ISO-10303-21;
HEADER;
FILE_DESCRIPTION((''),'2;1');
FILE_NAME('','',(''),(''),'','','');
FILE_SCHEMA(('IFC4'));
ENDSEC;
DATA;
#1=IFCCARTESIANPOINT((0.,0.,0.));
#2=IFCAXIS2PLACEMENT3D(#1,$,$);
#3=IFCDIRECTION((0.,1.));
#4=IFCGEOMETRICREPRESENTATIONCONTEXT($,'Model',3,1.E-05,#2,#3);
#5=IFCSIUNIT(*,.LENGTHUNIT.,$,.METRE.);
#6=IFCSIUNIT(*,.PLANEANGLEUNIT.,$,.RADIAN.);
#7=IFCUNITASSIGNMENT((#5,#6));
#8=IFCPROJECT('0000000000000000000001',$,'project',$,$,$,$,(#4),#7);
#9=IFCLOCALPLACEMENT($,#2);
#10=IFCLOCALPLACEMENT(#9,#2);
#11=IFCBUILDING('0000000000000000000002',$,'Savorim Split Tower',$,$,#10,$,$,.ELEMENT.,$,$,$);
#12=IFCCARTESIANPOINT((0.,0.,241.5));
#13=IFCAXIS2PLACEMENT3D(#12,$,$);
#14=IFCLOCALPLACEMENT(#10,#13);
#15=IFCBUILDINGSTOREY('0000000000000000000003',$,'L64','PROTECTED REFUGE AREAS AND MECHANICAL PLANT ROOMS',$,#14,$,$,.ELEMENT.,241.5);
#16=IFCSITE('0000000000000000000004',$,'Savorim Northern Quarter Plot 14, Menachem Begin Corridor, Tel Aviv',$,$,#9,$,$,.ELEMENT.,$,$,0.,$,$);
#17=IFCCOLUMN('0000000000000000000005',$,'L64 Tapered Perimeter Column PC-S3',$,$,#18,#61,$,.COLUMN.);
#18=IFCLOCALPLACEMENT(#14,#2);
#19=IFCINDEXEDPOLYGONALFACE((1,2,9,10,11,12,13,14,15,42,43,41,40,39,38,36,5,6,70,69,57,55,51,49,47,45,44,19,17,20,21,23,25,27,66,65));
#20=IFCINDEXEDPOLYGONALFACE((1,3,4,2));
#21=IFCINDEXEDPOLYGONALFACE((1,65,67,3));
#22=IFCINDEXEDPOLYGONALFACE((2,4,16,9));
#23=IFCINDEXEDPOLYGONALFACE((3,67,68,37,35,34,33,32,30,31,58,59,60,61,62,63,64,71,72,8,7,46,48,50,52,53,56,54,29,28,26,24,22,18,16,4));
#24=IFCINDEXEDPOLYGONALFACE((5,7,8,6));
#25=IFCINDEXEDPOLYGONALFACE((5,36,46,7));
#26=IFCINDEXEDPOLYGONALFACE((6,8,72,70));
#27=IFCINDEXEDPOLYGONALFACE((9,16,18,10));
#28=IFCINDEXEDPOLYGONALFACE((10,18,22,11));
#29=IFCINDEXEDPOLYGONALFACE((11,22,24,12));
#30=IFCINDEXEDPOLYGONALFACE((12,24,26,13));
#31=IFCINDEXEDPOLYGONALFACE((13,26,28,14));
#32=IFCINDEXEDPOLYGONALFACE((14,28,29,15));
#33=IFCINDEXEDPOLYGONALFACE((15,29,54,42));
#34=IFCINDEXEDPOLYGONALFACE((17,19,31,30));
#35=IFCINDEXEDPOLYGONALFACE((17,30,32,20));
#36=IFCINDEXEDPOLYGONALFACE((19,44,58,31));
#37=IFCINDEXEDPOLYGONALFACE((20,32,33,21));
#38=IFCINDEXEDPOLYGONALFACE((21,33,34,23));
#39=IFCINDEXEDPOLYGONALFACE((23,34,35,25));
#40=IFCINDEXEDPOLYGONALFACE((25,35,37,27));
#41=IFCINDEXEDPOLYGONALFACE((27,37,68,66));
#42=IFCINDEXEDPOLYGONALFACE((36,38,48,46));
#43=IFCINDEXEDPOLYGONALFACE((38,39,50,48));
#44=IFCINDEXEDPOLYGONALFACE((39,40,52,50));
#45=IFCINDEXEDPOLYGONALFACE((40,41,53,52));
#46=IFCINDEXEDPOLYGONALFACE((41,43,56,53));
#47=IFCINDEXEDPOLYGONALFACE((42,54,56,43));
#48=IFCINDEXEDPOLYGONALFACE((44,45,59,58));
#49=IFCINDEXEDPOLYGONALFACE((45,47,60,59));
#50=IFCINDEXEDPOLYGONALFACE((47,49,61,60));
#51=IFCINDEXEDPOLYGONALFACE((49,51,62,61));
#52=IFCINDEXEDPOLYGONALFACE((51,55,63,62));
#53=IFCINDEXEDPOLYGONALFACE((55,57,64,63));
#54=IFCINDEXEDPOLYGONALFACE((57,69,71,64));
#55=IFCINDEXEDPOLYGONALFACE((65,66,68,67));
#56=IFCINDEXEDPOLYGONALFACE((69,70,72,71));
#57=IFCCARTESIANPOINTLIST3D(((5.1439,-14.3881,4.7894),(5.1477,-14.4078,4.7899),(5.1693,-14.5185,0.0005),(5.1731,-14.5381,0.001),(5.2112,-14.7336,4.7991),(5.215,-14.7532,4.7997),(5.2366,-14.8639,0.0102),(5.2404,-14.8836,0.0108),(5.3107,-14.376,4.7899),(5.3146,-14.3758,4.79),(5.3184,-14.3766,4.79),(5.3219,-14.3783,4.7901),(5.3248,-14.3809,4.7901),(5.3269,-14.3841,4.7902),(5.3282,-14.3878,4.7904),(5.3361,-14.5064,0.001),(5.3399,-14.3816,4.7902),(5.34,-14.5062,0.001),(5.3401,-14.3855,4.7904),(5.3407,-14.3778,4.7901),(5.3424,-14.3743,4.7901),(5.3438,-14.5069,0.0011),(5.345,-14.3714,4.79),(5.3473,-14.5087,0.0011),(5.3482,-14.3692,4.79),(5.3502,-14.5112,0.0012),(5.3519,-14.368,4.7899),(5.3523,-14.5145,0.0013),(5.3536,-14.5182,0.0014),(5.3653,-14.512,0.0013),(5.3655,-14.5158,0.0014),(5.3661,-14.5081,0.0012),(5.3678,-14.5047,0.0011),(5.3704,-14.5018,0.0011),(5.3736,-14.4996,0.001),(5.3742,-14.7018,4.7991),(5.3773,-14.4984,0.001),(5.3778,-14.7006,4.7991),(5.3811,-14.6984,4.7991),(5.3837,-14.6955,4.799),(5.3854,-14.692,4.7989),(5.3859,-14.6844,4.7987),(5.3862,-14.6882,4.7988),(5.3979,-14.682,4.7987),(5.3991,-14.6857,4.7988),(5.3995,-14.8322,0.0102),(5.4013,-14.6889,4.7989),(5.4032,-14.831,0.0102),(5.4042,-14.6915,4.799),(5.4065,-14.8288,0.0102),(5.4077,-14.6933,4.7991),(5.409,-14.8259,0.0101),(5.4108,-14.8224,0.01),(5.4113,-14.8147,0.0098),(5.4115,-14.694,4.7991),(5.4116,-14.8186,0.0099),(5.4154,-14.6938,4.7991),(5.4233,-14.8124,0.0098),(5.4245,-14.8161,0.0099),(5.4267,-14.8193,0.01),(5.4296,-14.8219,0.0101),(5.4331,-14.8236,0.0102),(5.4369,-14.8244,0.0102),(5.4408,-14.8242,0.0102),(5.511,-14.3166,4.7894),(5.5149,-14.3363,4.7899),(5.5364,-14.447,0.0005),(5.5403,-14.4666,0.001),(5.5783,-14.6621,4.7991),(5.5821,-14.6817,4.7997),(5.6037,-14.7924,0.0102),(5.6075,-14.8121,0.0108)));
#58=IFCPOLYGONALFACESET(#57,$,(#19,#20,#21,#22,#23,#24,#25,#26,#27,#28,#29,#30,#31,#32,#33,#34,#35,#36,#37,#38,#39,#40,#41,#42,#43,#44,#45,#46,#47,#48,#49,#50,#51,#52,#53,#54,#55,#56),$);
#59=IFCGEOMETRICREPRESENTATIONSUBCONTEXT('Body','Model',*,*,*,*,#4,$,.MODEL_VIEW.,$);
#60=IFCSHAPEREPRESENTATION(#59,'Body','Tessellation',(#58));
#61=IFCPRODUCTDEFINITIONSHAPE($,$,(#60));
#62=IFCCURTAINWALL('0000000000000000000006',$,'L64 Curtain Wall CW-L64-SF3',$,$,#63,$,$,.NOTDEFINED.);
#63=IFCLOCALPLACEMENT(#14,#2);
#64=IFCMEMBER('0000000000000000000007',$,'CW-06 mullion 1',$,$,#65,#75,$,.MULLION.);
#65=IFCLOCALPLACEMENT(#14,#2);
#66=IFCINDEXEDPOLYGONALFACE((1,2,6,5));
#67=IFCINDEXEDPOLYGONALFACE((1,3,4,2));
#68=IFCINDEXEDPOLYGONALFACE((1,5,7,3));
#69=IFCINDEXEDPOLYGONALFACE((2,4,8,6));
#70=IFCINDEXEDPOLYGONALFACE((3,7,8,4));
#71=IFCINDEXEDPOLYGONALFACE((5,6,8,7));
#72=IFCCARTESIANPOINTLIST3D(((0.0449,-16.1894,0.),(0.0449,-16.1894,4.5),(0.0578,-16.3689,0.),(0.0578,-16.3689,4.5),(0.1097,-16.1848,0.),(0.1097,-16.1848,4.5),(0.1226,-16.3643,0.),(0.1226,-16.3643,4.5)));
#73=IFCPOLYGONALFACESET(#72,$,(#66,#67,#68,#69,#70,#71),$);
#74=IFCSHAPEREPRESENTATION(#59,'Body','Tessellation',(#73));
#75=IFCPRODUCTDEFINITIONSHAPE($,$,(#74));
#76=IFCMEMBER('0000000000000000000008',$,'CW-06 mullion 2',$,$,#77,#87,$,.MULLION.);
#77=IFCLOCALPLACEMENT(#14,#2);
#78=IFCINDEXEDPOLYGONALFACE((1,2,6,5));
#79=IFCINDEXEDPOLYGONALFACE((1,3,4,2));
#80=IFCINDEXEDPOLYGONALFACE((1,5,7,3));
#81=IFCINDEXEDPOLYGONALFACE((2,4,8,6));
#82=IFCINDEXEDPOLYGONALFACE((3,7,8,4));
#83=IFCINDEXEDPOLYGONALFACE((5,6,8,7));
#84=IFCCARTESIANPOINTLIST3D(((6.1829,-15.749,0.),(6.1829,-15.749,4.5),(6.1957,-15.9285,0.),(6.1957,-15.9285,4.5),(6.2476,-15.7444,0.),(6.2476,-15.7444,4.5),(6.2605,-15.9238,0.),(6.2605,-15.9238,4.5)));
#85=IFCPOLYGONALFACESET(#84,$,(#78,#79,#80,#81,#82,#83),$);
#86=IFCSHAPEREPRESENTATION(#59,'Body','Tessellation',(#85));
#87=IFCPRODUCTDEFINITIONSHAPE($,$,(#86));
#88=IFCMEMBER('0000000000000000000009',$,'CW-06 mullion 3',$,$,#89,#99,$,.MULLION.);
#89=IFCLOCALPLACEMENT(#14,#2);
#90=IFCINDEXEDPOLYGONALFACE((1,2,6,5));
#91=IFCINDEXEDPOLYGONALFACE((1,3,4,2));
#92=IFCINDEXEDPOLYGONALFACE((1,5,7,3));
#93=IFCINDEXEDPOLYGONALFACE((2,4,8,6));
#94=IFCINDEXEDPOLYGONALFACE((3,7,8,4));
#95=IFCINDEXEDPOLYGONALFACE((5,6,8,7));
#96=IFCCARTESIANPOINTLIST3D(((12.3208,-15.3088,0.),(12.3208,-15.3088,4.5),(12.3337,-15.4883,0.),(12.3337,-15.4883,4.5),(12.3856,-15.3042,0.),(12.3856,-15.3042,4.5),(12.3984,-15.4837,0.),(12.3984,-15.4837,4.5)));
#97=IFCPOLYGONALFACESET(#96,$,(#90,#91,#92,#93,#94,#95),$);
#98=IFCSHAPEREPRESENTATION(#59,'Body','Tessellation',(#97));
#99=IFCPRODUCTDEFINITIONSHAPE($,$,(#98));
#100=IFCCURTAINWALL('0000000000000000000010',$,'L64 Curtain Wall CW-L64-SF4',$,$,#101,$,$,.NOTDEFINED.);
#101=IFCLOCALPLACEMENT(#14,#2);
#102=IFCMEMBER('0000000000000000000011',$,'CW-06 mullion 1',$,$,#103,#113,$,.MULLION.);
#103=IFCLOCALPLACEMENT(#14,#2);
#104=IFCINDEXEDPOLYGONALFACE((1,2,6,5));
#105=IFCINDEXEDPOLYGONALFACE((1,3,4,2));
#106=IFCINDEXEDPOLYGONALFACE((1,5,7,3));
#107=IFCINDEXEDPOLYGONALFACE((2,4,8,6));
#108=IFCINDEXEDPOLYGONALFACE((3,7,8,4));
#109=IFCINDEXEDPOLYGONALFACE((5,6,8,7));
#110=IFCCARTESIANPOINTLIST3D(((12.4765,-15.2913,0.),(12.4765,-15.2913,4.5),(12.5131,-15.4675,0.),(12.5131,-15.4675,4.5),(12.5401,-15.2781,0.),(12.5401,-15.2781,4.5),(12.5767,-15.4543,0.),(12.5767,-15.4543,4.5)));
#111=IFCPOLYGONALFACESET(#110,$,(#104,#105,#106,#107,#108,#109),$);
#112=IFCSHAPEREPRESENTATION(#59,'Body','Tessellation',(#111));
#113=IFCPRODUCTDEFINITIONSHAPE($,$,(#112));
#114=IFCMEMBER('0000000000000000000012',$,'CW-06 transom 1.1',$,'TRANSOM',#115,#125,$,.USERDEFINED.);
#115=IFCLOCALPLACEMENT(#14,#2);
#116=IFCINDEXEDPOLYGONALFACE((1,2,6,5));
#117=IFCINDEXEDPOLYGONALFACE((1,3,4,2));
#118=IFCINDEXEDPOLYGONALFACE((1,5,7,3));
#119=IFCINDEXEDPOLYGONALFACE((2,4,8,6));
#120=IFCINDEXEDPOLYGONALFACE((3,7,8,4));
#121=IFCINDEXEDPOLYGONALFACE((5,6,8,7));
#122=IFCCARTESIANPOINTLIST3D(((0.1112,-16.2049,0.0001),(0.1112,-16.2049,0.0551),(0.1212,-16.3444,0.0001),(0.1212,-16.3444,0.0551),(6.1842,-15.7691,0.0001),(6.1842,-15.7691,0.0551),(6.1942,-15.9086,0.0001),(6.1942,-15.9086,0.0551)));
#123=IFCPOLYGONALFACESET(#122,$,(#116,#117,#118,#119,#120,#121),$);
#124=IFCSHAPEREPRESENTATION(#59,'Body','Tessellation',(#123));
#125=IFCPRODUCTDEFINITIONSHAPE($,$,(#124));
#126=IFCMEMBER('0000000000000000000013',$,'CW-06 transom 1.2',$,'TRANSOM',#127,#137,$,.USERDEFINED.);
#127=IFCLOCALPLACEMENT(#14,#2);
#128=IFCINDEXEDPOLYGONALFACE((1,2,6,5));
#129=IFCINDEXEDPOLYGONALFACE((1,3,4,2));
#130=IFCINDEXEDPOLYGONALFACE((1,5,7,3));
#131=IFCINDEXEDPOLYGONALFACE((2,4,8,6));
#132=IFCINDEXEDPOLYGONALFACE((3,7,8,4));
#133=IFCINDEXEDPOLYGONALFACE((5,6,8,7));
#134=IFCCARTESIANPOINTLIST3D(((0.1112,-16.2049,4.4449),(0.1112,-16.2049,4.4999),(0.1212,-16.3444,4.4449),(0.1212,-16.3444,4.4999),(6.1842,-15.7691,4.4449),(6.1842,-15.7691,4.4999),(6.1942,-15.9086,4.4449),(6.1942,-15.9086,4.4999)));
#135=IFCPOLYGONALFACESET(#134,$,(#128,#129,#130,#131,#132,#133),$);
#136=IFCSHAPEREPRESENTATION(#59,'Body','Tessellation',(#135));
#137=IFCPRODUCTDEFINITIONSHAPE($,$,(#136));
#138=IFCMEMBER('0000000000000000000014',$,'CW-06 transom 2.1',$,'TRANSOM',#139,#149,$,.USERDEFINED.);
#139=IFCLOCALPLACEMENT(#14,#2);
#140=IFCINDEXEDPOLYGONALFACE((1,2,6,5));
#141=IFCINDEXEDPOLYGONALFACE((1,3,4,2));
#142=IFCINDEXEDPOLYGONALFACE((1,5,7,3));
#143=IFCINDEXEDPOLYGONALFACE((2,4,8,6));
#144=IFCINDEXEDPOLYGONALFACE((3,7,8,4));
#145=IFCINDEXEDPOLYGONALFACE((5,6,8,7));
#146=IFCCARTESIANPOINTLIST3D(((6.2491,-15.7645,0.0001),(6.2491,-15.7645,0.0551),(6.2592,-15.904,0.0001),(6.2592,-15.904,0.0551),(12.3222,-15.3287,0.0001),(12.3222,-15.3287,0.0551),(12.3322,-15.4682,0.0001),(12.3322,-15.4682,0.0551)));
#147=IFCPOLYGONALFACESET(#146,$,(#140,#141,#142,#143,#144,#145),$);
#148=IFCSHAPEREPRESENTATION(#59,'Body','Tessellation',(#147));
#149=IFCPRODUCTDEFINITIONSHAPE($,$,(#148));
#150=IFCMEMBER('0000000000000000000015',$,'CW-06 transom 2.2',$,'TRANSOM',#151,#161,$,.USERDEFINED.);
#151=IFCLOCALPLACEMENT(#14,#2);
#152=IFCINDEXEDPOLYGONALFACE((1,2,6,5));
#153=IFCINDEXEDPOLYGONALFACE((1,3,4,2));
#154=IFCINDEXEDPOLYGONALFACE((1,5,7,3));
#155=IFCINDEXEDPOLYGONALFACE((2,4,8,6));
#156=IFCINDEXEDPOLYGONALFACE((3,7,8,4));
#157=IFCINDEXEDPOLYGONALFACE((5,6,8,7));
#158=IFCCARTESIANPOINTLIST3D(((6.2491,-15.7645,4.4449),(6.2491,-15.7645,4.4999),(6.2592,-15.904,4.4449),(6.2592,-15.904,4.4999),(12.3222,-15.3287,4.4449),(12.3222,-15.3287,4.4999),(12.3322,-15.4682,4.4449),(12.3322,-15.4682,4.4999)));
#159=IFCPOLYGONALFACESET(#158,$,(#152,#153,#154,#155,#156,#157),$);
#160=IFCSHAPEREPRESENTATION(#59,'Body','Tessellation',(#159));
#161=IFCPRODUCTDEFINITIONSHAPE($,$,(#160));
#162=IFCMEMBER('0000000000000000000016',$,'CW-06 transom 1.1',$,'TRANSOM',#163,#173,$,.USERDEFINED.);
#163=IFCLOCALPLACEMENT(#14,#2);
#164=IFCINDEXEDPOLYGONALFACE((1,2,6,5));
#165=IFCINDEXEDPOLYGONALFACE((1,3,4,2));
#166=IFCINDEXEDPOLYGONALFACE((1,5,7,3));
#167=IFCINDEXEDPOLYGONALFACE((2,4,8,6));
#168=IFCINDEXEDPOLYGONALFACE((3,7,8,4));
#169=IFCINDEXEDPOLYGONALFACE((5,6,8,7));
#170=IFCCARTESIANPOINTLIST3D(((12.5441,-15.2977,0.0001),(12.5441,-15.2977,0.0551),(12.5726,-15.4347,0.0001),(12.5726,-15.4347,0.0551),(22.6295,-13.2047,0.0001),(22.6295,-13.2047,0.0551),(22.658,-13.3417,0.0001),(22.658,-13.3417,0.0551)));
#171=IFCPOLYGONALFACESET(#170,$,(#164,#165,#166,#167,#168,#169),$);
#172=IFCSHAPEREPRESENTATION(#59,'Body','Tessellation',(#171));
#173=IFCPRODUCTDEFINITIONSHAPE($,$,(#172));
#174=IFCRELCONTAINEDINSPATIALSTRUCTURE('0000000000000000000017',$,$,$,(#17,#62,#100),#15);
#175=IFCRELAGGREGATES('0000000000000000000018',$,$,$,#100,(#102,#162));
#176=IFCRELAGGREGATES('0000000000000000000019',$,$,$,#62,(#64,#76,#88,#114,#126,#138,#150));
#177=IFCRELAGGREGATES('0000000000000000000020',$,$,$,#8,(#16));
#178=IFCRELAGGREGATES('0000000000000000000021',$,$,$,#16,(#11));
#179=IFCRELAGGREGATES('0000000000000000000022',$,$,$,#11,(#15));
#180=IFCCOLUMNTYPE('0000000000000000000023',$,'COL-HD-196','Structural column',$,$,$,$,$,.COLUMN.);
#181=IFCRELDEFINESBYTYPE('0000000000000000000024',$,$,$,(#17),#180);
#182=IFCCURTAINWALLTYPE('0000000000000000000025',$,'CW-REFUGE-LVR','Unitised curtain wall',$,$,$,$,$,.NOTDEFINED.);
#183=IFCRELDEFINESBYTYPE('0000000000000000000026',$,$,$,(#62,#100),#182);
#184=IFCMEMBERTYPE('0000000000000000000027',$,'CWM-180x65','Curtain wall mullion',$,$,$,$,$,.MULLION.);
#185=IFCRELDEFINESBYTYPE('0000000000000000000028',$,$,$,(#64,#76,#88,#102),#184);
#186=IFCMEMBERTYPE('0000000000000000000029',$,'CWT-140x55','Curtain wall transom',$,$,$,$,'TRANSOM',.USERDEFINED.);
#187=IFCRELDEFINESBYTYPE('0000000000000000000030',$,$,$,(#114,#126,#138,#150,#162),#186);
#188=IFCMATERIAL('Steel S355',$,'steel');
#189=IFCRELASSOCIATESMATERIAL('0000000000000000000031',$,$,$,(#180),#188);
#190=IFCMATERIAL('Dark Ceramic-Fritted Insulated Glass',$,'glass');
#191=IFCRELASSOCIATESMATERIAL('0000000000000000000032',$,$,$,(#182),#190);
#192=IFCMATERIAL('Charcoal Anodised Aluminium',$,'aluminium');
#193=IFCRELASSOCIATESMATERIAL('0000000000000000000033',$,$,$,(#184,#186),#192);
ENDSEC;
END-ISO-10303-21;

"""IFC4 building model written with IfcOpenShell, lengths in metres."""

from ifc_helpers import new_model, si_unit, direction, frame, origin, origin_2d, place, context, subcontext, project, spatial, rectangle, i_section, extrude, material, material_profile, profile_set, type_object, element, aggregate, save


model = new_model("IFC4")

# Units and contexts
model_context = context("Model", 3, precision=1e-05, world=origin(), true_north=direction((0.0, 1.0)))
body_context = subcontext(model_context, "Body", "Model", "MODEL_VIEW")
ifc_project = project(units=[si_unit("LENGTHUNIT", "METRE"), si_unit("PLANEANGLEUNIT", "RADIAN")], contexts=[model_context])

# Site, building, storey
site_placement = place(None, origin())
site = spatial("IfcSite", under=ifc_project, at=site_placement, Name="Savorim Northern Quarter Plot 14, Menachem Begin Corridor, Tel Aviv", CompositionType="ELEMENT", RefElevation=0.0)
building_placement = place(site_placement, origin())
building = spatial("IfcBuilding", under=site, at=building_placement, Name="Savorim Split Tower", CompositionType="ELEMENT")
storey_placement = place(building_placement, frame((0.0, 0.0, 241.5)))
storey = spatial("IfcBuildingStorey", under=building, at=storey_placement, Name="L64", Description="PROTECTED REFUGE AREAS AND MECHANICAL PLANT ROOMS", CompositionType="ELEMENT", Elevation=241.5)

# Column
ifc_material_1 = material(Name="Steel S355", Category="steel")
ifc_material_profile_1 = material_profile(ifc_material_1, i_section(OverallWidth=0.374, OverallDepth=0.3721, WebThickness=0.0122, FlangeThickness=0.02, FilletRadius=0.0149, at=origin_2d()), Name="HD 360x196")
ifc_profile_set_1 = profile_set([ifc_material_profile_1], Name="Steel S355")
column_type = type_object("IfcColumnType", Name="COL-HD-196", Description="Structural column", PredefinedType="COLUMN", material=ifc_profile_set_1)
column_placement = place(storey_placement, frame((5.3884, -14.6653, 0.0056), z_axis=(-0.0053, 0.027214, 0.999616), x_axis=(-0.981558, -0.191165, 0.0)))
element("IfcColumn", 1, at=column_placement, inside=storey, type_object=column_type, Name="L64 Tapered Perimeter Column PC-S3", PredefinedType="COLUMN", context=body_context, shape_type="SweptSolid", body=[
    extrude(i_section(OverallWidth=0.374, OverallDepth=0.3721, WebThickness=0.0122, FlangeThickness=0.02, FilletRadius=0.0149, at=origin_2d()), origin(), (0.0, 0.0, 1.0), 4.7908),
])

# Curtain wall, members
ifc_material_2 = material(Name="Dark Ceramic-Fritted Insulated Glass", Category="glass")
curtain_wall_type = type_object("IfcCurtainWallType", Name="CW-REFUGE-LVR", Description="Unitised curtain wall", PredefinedType="NOTDEFINED", material=ifc_material_2)
curtain_wall_1_placement = place(storey_placement, origin())
curtain_wall_1 = element("IfcCurtainWall", 2, at=curtain_wall_1_placement, inside=storey, type_object=curtain_wall_type, Name="L64 Curtain Wall CW-L64-SF3", PredefinedType="NOTDEFINED")
ifc_material_3 = material(Name="Charcoal Anodised Aluminium", Category="aluminium")
ifc_material_profile_2 = material_profile(ifc_material_3, rectangle(XDim=0.1799, YDim=0.0649, at=origin_2d()), Name="ALU-M 180x65")
ifc_profile_set_2 = profile_set([ifc_material_profile_2], Name="Charcoal Anodised Aluminium")
member_type_1 = type_object("IfcMemberType", Name="CWM-180x65", Description="Curtain wall mullion", PredefinedType="MULLION", material=ifc_profile_set_2)
member_1_placement = place(storey_placement, frame((0.0837, -16.2769, 0.0), z_axis=(0.0, 0.0, 1.0), x_axis=(-0.071562, 0.997436, 0.0)))
member_1 = element("IfcMember", 3, at=member_1_placement, type_object=member_type_1, Name="CW-06 mullion 1", PredefinedType="MULLION", context=body_context, shape_type="SweptSolid", body=[
    extrude(rectangle(XDim=0.1799, YDim=0.0649, at=origin_2d()), origin(), (0.0, 0.0, 1.0), 4.5),
])
member_2_placement = place(storey_placement, frame((6.2217, -15.8364, 0.0), z_axis=(0.0, 0.0, 1.0), x_axis=(-0.071562, 0.997436, 0.0)))
member_2 = element("IfcMember", 4, at=member_2_placement, type_object=member_type_1, Name="CW-06 mullion 2", PredefinedType="MULLION", context=body_context, shape_type="SweptSolid", body=[
    extrude(rectangle(XDim=0.1799, YDim=0.0649, at=origin_2d()), origin(), (0.0, 0.0, 1.0), 4.5),
])
member_3_placement = place(storey_placement, frame((12.3596, -15.3962, 0.0), z_axis=(0.0, 0.0, 1.0), x_axis=(-0.071562, 0.997436, 0.0)))
member_3 = element("IfcMember", 5, at=member_3_placement, type_object=member_type_1, Name="CW-06 mullion 3", PredefinedType="MULLION", context=body_context, shape_type="SweptSolid", body=[
    extrude(rectangle(XDim=0.1799, YDim=0.0649, at=origin_2d()), origin(), (0.0, 0.0, 1.0), 4.5),
])

# Curtain wall, member
curtain_wall_2_placement = place(storey_placement, origin())
curtain_wall_2 = element("IfcCurtainWall", 6, at=curtain_wall_2_placement, inside=storey, type_object=curtain_wall_type, Name="L64 Curtain Wall CW-L64-SF4", PredefinedType="NOTDEFINED")
member_4_placement = place(storey_placement, frame((12.5266, -15.3728, 0.0), z_axis=(0.0, 0.0, 1.0), x_axis=(-0.203208, 0.979136, 0.0)))
member_4 = element("IfcMember", 7, at=member_4_placement, type_object=member_type_1, Name="CW-06 mullion 1", PredefinedType="MULLION", context=body_context, shape_type="SweptSolid", body=[
    extrude(rectangle(XDim=0.1799, YDim=0.0649, at=origin_2d()), origin(), (0.0, 0.0, 1.0), 4.5),
])

# Members
ifc_material_profile_3 = material_profile(ifc_material_3, rectangle(XDim=0.1399, YDim=0.0549, at=origin_2d()), Name="ALU-T 140x55")
ifc_profile_set_3 = profile_set([ifc_material_profile_3], Name="Charcoal Anodised Aluminium")
member_type_2 = type_object("IfcMemberType", Name="CWT-140x55", Description="Curtain wall transom", ElementType="TRANSOM", PredefinedType="USERDEFINED", material=ifc_profile_set_3)
member_5_placement = place(storey_placement, frame((0.1162, -16.2747, 0.0276), z_axis=(0.997435, 0.071575, 0.0), x_axis=(-0.071575, 0.997435, 0.0)))
member_5 = element("IfcMember", 8, at=member_5_placement, type_object=member_type_2, Name="CW-06 transom 1.1", ObjectType="TRANSOM", PredefinedType="USERDEFINED", context=body_context, shape_type="SweptSolid", body=[
    extrude(rectangle(XDim=0.1399, YDim=0.0549, at=origin_2d()), origin(), (0.0, 0.0, 1.0), 6.0886),
])
member_6_placement = place(storey_placement, frame((0.1162, -16.2747, 4.4724), z_axis=(0.997435, 0.071575, 0.0), x_axis=(-0.071575, 0.997435, 0.0)))
member_6 = element("IfcMember", 9, at=member_6_placement, type_object=member_type_2, Name="CW-06 transom 1.2", ObjectType="TRANSOM", PredefinedType="USERDEFINED", context=body_context, shape_type="SweptSolid", body=[
    extrude(rectangle(XDim=0.1399, YDim=0.0549, at=origin_2d()), origin(), (0.0, 0.0, 1.0), 6.0886),
])
member_7_placement = place(storey_placement, frame((6.2542, -15.8342, 0.0276), z_axis=(0.997435, 0.071575, 0.0), x_axis=(-0.071575, 0.997435, 0.0)))
member_7 = element("IfcMember", 10, at=member_7_placement, type_object=member_type_2, Name="CW-06 transom 2.1", ObjectType="TRANSOM", PredefinedType="USERDEFINED", context=body_context, shape_type="SweptSolid", body=[
    extrude(rectangle(XDim=0.1399, YDim=0.0549, at=origin_2d()), origin(), (0.0, 0.0, 1.0), 6.0886),
])
member_8_placement = place(storey_placement, frame((6.2542, -15.8342, 4.4724), z_axis=(0.997435, 0.071575, 0.0), x_axis=(-0.071575, 0.997435, 0.0)))
member_8 = element("IfcMember", 11, at=member_8_placement, type_object=member_type_2, Name="CW-06 transom 2.2", ObjectType="TRANSOM", PredefinedType="USERDEFINED", context=body_context, shape_type="SweptSolid", body=[
    extrude(rectangle(XDim=0.1399, YDim=0.0549, at=origin_2d()), origin(), (0.0, 0.0, 1.0), 6.0886),
])
member_9_placement = place(storey_placement, frame((12.5583, -15.3662, 0.0276), z_axis=(0.979137, 0.203199, 0.0), x_axis=(-0.203199, 0.979137, 0.0)))
member_9 = element("IfcMember", 12, at=member_9_placement, type_object=member_type_2, Name="CW-06 transom 1.1", ObjectType="TRANSOM", PredefinedType="USERDEFINED", context=body_context, shape_type="SweptSolid", body=[
    extrude(rectangle(XDim=0.1399, YDim=0.0549, at=origin_2d()), origin(), (0.0, 0.0, 1.0), 10.3003),
])
aggregate(curtain_wall_2, [member_4, member_9])

aggregate(curtain_wall_1, [member_1, member_2, member_3, member_5, member_6, member_7, member_8])

save(model, "model.ifc")
